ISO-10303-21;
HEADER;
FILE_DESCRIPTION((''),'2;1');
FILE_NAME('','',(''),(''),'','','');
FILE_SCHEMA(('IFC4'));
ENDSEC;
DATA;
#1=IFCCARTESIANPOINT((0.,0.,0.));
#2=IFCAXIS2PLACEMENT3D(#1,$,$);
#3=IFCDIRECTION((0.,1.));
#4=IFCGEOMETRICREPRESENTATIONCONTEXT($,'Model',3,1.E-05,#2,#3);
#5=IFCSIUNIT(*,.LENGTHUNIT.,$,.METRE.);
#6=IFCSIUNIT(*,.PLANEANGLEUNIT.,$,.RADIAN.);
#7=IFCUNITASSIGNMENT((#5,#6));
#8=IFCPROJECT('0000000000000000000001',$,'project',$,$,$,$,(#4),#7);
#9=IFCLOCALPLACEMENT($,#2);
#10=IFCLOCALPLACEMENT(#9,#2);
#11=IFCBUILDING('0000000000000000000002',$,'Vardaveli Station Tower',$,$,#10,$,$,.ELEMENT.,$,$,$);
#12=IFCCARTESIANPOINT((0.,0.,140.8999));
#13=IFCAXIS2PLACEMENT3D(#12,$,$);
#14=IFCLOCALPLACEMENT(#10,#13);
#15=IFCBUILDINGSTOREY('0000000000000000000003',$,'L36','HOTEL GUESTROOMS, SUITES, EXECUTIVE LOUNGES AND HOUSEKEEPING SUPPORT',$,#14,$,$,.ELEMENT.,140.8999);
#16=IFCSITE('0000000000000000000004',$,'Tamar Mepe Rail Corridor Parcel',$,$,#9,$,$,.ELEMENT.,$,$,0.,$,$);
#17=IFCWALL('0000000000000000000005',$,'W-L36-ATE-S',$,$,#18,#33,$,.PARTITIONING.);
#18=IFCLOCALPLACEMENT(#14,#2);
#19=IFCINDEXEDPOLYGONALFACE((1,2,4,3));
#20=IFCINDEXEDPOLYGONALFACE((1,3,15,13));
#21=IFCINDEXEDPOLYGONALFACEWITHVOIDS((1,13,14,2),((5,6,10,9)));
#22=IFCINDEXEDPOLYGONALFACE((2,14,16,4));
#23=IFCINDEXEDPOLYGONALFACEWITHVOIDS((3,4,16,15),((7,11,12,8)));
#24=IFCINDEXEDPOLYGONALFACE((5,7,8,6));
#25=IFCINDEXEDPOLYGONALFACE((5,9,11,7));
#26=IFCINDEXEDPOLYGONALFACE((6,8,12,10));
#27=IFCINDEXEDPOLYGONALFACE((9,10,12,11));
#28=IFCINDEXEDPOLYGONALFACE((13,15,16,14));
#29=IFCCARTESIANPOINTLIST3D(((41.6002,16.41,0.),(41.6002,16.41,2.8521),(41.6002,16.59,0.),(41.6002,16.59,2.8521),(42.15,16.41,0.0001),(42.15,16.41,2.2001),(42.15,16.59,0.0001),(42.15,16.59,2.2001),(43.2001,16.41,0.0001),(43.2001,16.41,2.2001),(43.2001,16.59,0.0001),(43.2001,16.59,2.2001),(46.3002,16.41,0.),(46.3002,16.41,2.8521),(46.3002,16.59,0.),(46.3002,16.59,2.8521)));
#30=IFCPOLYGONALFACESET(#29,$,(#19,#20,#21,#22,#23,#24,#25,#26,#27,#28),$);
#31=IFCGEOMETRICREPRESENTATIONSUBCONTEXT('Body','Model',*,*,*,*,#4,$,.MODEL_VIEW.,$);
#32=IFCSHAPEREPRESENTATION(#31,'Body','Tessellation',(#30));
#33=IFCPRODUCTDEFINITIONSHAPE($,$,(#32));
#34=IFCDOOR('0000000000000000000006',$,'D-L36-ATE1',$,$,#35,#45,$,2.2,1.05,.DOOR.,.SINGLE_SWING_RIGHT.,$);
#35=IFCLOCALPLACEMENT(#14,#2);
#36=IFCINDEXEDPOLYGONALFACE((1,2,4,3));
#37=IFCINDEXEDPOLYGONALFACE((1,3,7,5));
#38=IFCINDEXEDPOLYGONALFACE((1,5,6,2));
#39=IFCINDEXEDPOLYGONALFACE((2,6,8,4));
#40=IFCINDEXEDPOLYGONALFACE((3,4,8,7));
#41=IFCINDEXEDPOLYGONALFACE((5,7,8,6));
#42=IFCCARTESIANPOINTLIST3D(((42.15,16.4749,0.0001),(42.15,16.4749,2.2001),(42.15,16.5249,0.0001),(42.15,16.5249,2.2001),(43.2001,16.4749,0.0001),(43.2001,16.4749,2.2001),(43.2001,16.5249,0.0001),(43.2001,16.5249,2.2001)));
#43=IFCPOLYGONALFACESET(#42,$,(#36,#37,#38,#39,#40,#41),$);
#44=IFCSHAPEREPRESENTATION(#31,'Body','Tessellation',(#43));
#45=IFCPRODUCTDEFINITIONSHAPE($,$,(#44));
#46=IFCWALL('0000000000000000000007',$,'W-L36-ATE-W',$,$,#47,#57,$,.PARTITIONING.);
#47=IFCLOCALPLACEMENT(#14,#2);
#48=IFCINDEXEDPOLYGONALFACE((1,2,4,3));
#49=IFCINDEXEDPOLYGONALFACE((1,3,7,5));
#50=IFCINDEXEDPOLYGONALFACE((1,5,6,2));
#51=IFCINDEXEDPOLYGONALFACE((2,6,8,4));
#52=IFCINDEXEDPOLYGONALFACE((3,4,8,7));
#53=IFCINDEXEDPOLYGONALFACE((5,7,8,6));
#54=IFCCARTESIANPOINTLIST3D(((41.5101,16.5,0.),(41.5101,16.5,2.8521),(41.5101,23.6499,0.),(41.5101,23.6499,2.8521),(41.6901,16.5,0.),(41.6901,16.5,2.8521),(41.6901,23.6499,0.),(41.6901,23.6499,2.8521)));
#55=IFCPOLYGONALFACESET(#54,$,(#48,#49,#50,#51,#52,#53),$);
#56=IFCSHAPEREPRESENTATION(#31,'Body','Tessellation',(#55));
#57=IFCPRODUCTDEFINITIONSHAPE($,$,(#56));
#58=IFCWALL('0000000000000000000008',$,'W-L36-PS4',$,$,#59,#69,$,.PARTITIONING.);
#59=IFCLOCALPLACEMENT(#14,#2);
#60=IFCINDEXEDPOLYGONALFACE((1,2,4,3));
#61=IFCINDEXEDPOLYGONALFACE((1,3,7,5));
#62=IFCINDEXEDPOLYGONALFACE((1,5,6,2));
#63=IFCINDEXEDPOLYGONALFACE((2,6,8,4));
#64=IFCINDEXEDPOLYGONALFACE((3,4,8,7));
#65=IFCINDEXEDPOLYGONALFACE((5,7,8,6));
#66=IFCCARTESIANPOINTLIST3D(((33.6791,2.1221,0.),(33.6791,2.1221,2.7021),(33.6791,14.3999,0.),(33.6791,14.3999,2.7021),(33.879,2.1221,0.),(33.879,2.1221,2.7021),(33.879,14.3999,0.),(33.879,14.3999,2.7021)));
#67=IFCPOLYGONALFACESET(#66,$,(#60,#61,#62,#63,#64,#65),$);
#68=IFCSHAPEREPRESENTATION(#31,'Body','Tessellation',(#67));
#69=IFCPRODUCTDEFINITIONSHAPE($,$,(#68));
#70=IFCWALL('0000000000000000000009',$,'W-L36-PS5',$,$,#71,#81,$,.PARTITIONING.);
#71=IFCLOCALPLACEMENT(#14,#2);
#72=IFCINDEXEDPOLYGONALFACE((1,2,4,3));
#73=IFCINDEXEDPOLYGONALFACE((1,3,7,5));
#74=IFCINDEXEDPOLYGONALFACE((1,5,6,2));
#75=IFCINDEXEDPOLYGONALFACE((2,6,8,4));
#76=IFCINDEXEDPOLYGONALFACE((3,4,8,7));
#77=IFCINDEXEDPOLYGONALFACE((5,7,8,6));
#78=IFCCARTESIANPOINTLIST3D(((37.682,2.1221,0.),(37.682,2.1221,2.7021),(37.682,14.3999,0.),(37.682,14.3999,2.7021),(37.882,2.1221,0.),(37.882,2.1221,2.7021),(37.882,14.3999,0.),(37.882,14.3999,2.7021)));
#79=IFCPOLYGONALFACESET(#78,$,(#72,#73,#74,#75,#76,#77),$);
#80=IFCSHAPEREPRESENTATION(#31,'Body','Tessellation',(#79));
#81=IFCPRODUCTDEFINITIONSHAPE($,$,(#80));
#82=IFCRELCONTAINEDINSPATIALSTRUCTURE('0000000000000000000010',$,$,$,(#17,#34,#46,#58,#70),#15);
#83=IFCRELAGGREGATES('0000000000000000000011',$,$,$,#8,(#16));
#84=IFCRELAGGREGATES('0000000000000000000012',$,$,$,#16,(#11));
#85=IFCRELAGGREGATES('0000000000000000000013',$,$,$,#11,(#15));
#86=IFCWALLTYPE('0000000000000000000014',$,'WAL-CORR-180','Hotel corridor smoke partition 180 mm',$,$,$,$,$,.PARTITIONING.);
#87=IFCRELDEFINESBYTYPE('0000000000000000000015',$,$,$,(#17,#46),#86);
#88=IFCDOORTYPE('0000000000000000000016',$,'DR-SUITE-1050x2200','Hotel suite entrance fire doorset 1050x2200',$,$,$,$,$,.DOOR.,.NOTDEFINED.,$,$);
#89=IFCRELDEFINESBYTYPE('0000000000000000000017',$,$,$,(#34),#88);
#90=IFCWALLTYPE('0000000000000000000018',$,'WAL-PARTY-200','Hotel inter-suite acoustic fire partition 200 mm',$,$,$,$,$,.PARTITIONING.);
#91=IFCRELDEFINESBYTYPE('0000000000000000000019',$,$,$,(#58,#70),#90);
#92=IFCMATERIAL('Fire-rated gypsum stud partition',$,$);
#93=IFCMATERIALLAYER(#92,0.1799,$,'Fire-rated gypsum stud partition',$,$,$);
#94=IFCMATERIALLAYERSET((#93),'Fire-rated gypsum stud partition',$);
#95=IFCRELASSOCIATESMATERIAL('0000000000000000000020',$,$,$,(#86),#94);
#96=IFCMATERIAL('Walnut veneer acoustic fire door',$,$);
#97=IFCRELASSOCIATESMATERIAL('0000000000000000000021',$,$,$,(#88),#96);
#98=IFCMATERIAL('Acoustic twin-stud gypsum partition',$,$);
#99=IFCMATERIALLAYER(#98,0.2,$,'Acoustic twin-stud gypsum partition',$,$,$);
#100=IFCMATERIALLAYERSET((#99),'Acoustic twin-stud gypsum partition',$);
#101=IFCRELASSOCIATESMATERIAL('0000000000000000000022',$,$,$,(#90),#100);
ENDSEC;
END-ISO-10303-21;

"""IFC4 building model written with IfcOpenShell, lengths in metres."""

from ifc_helpers import new_model, si_unit, direction, frame, frame_2d, origin, place, context, subcontext, project, spatial, rectangle, extrude, source, transform, mapped, material, layer, layer_set, type_object, element, fill, save


model = new_model("IFC4")

# Units and contexts
model_context = context("Model", 3, precision=1e-05, world=origin(), true_north=direction((0.0, 1.0)))
body_context = subcontext(model_context, "Body", "Model", "MODEL_VIEW")
ifc_project = project(units=[si_unit("LENGTHUNIT", "METRE"), si_unit("PLANEANGLEUNIT", "RADIAN")], contexts=[model_context])

# Site, building, storey
site_placement = place(None, origin())
site = spatial("IfcSite", under=ifc_project, at=site_placement, Name="Tamar Mepe Rail Corridor Parcel", CompositionType="ELEMENT", RefElevation=0.0)
building_placement = place(site_placement, origin())
building = spatial("IfcBuilding", under=site, at=building_placement, Name="Vardaveli Station Tower", CompositionType="ELEMENT")
storey_placement = place(building_placement, frame((0.0, 0.0, 140.8999)))
storey = spatial("IfcBuildingStorey", under=building, at=storey_placement, Name="L36", Description="HOTEL GUESTROOMS, SUITES, EXECUTIVE LOUNGES AND HOUSEKEEPING SUPPORT", CompositionType="ELEMENT", Elevation=140.8999)

# Wall, opening, door
ifc_material_1 = material(Name="Fire-rated gypsum stud partition")
ifc_layer_1 = layer(ifc_material_1, 0.1799, Name="Fire-rated gypsum stud partition")
ifc_layer_set_1 = layer_set([ifc_layer_1], Name="Fire-rated gypsum stud partition")
wall_type_1 = type_object("IfcWallType", Name="WAL-CORR-180", Description="Hotel corridor smoke partition 180 mm", PredefinedType="PARTITIONING", material=ifc_layer_set_1)
shared_shape_1 = source(origin(), body_context, "Body", "SweptSolid", [
    extrude(rectangle(XDim=4.7, YDim=0.1799, at=frame_2d((2.3501, 0.0))), origin(), (0.0, 0.0, 1.0), 2.8521),
])
wall_1_placement = place(storey_placement, frame((41.6001, 16.5, 0.0), z_axis=(0.0, 0.0, 1.0), x_axis=(1.0, 0.0, 0.0)))
wall_1 = element("IfcWall", 1, at=wall_1_placement, inside=storey, type_object=wall_type_1, Name="W-L36-ATE-S", PredefinedType="PARTITIONING", context=body_context, shape_type="MappedRepresentation", body=[
    mapped(shared_shape_1, transform((0.0, 0.0, 0.0), scale=1.0)),
])
shared_shape_2 = source(origin(), body_context, "Body", "SweptSolid", [
    extrude(rectangle(XDim=1.05, YDim=2.2, at=frame_2d((0.5249, 1.1001))), frame((0.0, 0.1001, 0.0), z_axis=(0.0, -1.0, 0.0), x_axis=(1.0, 0.0, 0.0)), (0.0, 0.0, 1.0), 0.2),
])
opening_1_placement = place(wall_1_placement, frame((0.55, 0.0, 0.0)))
opening_1 = element("IfcOpeningElement", 2, at=opening_1_placement, cuts=wall_1, PredefinedType="OPENING", context=body_context, shape_type="MappedRepresentation", body=[
    mapped(shared_shape_2, transform((0.0, 0.0, 0.0), scale=1.0)),
])
ifc_material_2 = material(Name="Walnut veneer acoustic fire door")
door_type = type_object("IfcDoorType", Name="DR-SUITE-1050x2200", Description="Hotel suite entrance fire doorset 1050x2200", OperationType="NOTDEFINED", PredefinedType="DOOR", material=ifc_material_2)
shared_shape_3 = source(origin(), body_context, "Body", "SweptSolid", [
    extrude(rectangle(XDim=1.05, YDim=2.2, at=frame_2d((0.5249, 1.1001))), frame((0.0, 0.0249, 0.0), z_axis=(0.0, -1.0, 0.0), x_axis=(1.0, 0.0, 0.0)), (0.0, 0.0, 1.0), 0.05),
])
door_placement = place(opening_1_placement, origin())
door = element("IfcDoor", 3, at=door_placement, inside=storey, type_object=door_type, Name="D-L36-ATE1", OperationType="SINGLE_SWING_RIGHT", OverallHeight=2.2, OverallWidth=1.05, PredefinedType="DOOR", context=body_context, shape_type="MappedRepresentation", body=[
    mapped(shared_shape_3, transform((0.0, 0.0, 0.0), scale=1.0)),
])
fill(opening_1, door)

# Walls
shared_shape_4 = source(origin(), body_context, "Body", "SweptSolid", [
    extrude(rectangle(XDim=7.1499, YDim=0.1799, at=frame_2d((3.575, 0.0))), origin(), (0.0, 0.0, 1.0), 2.8521),
])
wall_2_placement = place(storey_placement, frame((41.6001, 16.5, 0.0), z_axis=(0.0, 0.0, 1.0), x_axis=(0.0, 1.0, 0.0)))
element("IfcWall", 4, at=wall_2_placement, inside=storey, type_object=wall_type_1, Name="W-L36-ATE-W", PredefinedType="PARTITIONING", context=body_context, shape_type="MappedRepresentation", body=[
    mapped(shared_shape_4, transform((0.0, 0.0, 0.0), scale=1.0)),
])
ifc_material_3 = material(Name="Acoustic twin-stud gypsum partition")
ifc_layer_2 = layer(ifc_material_3, 0.2, Name="Acoustic twin-stud gypsum partition")
ifc_layer_set_2 = layer_set([ifc_layer_2], Name="Acoustic twin-stud gypsum partition")
wall_type_2 = type_object("IfcWallType", Name="WAL-PARTY-200", Description="Hotel inter-suite acoustic fire partition 200 mm", PredefinedType="PARTITIONING", material=ifc_layer_set_2)
shared_shape_5 = source(origin(), body_context, "Body", "SweptSolid", [
    extrude(rectangle(XDim=12.2778, YDim=0.2, at=frame_2d((6.1389, 0.0))), origin(), (0.0, 0.0, 1.0), 2.7021),
])
for number, where, z_axis, x_axis, name in (
    (5, (33.7791, 2.1221, 0.0), (0.0, 0.0, 1.0), (0.0, 1.0, 0.0), "W-L36-PS4"),
    (6, (37.782, 2.1221, 0.0), (0.0, 0.0, 1.0), (0.0, 1.0, 0.0), "W-L36-PS5"),
):
    element("IfcWall", number, at=place(storey_placement, frame(where, z_axis=z_axis, x_axis=x_axis)), inside=storey, type_object=wall_type_2, Name=name, PredefinedType="PARTITIONING", context=body_context, shape_type="MappedRepresentation", body=[
        mapped(shared_shape_5, transform((0.0, 0.0, 0.0), scale=1.0)),
    ])

save(model, "model.ifc")
